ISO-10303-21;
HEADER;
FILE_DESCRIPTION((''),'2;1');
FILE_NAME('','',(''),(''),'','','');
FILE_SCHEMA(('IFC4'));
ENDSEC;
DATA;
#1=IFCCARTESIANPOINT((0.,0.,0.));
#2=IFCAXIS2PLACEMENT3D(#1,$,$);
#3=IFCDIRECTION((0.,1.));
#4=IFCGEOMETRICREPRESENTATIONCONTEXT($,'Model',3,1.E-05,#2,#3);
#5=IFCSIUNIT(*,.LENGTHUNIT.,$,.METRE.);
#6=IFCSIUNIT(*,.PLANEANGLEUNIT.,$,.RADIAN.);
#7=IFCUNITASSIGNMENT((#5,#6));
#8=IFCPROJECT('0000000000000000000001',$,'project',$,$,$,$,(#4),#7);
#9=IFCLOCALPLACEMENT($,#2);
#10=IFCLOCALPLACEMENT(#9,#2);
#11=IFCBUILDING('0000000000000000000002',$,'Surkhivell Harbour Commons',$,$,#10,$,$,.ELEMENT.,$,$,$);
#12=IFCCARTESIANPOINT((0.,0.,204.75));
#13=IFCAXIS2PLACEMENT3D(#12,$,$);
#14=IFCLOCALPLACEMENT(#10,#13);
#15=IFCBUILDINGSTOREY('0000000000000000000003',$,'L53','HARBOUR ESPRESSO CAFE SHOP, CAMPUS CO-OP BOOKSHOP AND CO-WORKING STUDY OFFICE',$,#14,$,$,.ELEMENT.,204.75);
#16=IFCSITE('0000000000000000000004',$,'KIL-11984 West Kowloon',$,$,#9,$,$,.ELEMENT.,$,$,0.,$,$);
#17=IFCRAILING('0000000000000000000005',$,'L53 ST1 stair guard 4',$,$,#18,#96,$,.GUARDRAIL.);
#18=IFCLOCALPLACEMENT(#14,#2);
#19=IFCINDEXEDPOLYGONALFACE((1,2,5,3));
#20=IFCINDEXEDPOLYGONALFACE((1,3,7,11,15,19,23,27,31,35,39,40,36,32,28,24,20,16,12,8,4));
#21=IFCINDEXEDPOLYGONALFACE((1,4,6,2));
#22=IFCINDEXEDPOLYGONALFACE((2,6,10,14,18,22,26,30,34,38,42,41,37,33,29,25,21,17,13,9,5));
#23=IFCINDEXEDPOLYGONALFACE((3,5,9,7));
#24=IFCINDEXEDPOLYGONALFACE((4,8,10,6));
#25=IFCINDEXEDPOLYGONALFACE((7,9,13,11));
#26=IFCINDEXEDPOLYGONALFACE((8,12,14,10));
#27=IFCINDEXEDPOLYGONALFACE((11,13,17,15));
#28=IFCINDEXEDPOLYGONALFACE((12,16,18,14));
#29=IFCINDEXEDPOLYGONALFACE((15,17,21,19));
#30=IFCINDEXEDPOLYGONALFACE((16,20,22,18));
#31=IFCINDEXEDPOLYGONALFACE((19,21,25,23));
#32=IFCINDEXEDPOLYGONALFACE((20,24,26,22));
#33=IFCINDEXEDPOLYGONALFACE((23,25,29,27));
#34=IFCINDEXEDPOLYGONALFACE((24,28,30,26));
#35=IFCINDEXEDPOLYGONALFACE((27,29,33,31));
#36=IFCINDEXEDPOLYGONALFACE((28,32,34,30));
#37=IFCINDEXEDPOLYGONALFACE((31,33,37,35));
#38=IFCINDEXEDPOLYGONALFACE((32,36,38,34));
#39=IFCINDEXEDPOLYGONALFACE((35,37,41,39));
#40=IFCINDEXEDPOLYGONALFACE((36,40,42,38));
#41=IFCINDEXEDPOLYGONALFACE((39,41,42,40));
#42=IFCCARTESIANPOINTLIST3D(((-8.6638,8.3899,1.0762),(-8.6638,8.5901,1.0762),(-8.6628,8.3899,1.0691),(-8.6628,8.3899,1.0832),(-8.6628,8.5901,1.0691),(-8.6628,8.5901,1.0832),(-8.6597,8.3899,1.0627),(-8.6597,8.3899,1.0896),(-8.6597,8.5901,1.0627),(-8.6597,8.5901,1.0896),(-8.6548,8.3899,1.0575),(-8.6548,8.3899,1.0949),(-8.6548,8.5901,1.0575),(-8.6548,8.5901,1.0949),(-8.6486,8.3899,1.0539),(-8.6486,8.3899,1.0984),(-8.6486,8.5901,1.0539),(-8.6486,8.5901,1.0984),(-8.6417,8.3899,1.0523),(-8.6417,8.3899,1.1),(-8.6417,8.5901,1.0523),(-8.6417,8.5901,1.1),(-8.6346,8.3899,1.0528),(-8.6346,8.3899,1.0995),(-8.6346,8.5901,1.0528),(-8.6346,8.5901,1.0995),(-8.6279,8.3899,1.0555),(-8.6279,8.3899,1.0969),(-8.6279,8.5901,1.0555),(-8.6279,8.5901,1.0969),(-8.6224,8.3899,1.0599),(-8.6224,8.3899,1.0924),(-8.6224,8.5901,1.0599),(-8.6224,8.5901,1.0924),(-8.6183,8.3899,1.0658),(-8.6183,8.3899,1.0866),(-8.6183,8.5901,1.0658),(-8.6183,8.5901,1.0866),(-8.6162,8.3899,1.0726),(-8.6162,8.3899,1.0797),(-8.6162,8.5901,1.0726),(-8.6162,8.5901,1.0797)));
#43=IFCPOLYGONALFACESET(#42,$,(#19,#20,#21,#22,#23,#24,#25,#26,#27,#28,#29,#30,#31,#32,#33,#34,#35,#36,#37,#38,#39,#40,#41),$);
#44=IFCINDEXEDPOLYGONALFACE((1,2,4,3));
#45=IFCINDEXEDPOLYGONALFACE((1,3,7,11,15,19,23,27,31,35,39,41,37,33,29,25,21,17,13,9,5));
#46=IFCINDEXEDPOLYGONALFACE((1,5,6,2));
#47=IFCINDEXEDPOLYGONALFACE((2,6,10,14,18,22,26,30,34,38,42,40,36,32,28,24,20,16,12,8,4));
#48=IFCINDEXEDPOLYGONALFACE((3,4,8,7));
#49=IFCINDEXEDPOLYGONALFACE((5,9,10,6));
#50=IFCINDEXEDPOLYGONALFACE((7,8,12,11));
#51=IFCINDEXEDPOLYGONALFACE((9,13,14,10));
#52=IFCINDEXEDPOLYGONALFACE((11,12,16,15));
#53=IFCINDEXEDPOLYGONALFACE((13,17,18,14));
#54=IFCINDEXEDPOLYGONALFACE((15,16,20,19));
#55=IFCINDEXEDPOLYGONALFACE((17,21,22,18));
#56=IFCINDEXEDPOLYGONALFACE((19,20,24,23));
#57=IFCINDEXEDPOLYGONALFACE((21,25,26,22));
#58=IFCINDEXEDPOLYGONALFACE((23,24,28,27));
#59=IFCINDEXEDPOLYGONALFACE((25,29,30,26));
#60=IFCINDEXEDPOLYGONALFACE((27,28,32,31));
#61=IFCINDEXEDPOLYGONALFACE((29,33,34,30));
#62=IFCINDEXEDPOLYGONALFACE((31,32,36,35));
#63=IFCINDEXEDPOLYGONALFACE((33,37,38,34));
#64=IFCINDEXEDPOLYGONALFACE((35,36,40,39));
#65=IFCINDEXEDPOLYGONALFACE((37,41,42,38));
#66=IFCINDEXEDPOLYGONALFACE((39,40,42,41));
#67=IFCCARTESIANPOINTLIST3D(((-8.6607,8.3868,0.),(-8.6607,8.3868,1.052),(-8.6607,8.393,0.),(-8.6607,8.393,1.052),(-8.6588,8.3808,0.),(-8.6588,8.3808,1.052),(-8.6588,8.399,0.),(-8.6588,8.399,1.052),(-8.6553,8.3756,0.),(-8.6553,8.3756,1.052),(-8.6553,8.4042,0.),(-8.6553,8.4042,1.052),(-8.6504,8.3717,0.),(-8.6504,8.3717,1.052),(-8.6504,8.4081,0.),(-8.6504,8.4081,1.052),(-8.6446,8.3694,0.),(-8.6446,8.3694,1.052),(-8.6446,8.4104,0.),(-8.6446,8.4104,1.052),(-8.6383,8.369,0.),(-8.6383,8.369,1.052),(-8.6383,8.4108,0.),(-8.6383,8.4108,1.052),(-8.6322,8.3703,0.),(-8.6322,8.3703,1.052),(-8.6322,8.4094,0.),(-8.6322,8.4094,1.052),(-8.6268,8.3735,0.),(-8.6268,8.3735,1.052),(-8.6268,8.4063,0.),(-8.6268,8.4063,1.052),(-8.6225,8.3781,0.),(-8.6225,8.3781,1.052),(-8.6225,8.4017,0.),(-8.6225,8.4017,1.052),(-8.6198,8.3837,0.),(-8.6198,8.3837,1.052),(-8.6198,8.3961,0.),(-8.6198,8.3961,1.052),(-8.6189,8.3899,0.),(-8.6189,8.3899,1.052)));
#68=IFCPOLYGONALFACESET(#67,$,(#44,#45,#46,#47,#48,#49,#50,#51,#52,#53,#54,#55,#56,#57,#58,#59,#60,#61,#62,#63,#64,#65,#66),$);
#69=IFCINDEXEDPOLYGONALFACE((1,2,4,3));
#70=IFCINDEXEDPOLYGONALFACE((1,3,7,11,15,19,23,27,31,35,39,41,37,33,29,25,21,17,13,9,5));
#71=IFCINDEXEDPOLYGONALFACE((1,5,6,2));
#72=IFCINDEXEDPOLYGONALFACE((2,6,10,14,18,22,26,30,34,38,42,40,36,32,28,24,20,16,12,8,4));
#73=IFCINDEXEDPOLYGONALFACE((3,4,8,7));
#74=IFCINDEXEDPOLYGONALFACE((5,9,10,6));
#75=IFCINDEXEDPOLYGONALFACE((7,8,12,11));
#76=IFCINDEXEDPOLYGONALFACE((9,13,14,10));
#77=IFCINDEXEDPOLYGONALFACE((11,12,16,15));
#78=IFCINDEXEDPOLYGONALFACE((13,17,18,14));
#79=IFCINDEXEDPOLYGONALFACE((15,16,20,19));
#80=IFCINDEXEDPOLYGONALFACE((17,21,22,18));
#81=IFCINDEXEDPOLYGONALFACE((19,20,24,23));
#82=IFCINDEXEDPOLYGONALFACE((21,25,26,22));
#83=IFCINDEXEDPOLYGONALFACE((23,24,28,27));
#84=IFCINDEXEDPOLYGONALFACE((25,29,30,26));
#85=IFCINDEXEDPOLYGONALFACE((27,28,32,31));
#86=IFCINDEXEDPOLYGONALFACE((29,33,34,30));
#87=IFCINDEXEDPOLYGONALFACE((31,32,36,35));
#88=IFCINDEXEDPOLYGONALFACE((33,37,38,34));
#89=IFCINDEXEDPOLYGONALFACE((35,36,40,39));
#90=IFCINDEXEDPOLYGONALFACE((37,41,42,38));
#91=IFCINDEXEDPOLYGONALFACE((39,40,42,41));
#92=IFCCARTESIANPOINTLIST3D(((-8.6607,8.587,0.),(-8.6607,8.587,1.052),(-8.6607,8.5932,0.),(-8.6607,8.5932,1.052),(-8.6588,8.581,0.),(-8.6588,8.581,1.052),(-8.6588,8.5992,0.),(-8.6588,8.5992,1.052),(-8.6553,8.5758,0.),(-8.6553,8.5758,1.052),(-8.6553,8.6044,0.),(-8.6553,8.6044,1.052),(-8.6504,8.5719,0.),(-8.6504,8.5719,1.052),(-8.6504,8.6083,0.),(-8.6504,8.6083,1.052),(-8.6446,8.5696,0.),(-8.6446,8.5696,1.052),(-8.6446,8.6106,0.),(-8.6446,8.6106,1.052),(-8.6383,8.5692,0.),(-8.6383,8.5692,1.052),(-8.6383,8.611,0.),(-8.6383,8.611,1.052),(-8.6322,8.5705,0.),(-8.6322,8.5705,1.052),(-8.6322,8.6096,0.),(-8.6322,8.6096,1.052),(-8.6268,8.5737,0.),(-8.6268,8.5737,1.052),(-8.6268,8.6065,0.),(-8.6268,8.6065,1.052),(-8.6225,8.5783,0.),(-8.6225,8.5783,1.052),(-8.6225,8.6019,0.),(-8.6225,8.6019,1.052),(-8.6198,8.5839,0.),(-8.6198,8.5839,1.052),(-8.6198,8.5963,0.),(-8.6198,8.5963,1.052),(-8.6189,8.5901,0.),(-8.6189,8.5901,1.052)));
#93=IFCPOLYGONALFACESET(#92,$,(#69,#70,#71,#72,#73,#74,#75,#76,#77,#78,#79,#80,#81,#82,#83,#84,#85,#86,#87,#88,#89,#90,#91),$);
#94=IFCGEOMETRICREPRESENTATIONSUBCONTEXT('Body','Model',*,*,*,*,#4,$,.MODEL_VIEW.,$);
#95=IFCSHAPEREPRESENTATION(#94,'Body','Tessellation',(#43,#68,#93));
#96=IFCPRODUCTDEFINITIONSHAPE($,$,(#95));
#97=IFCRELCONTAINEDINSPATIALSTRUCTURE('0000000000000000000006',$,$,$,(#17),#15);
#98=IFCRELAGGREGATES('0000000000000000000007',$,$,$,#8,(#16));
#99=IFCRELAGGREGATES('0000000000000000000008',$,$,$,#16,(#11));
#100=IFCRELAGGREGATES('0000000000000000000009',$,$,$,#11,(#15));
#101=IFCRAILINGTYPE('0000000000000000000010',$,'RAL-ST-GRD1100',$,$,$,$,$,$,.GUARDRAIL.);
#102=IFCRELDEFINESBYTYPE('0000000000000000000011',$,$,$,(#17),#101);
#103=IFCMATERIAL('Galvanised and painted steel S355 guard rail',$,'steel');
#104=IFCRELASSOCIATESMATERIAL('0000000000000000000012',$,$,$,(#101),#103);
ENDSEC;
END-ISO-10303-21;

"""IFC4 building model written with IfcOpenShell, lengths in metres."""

from ifc_helpers import new_model, si_unit, direction, frame, origin, origin_2d, place, context, subcontext, project, spatial, circle, extrude, material, type_object, element, save


model = new_model("IFC4")

# Units and contexts
model_context = context("Model", 3, precision=1e-05, world=origin(), true_north=direction((0.0, 1.0)))
body_context = subcontext(model_context, "Body", "Model", "MODEL_VIEW")
ifc_project = project(units=[si_unit("LENGTHUNIT", "METRE"), si_unit("PLANEANGLEUNIT", "RADIAN")], contexts=[model_context])

# Site, building, storey
site_placement = place(None, origin())
site = spatial("IfcSite", under=ifc_project, at=site_placement, Name="KIL-11984 West Kowloon", CompositionType="ELEMENT", RefElevation=0.0)
building_placement = place(site_placement, origin())
building = spatial("IfcBuilding", under=site, at=building_placement, Name="Surkhivell Harbour Commons", CompositionType="ELEMENT")
storey_placement = place(building_placement, frame((0.0, 0.0, 204.75)))
storey = spatial("IfcBuildingStorey", under=building, at=storey_placement, Name="L53", Description="HARBOUR ESPRESSO CAFE SHOP, CAMPUS CO-OP BOOKSHOP AND CO-WORKING STUDY OFFICE", CompositionType="ELEMENT", Elevation=204.75)

# Railing
ifc_material_1 = material(Name="Galvanised and painted steel S355 guard rail", Category="steel")
railing_type_1 = type_object("IfcRailingType", Name="RAL-ST-GRD1100", PredefinedType="GUARDRAIL", material=ifc_material_1)
railing_1_placement = place(storey_placement, frame((-8.6399, 8.3899, 0.0)))
element("IfcRailing", 1, at=railing_1_placement, inside=storey, type_object=railing_type_1, Name="L53 ST1 stair guard 4", PredefinedType="GUARDRAIL", context=body_context, shape_type="SweptSolid", body=[
    extrude(circle(Radius=0.0239, at=origin_2d()), frame((0.0, 0.0, 1.0762), z_axis=(0.0, 1.0, 0.0), x_axis=(-1.0, 0.0, 0.0)), (0.0, 0.0, 1.0), 0.2002),
    extrude(circle(Radius=0.021, at=origin_2d()), origin(), (0.0, 0.0, 1.0), 1.052),
    extrude(circle(Radius=0.021, at=origin_2d()), frame((0.0, 0.2002, 0.0)), (0.0, 0.0, 1.0), 1.052),
])

save(model, "model.ifc")
